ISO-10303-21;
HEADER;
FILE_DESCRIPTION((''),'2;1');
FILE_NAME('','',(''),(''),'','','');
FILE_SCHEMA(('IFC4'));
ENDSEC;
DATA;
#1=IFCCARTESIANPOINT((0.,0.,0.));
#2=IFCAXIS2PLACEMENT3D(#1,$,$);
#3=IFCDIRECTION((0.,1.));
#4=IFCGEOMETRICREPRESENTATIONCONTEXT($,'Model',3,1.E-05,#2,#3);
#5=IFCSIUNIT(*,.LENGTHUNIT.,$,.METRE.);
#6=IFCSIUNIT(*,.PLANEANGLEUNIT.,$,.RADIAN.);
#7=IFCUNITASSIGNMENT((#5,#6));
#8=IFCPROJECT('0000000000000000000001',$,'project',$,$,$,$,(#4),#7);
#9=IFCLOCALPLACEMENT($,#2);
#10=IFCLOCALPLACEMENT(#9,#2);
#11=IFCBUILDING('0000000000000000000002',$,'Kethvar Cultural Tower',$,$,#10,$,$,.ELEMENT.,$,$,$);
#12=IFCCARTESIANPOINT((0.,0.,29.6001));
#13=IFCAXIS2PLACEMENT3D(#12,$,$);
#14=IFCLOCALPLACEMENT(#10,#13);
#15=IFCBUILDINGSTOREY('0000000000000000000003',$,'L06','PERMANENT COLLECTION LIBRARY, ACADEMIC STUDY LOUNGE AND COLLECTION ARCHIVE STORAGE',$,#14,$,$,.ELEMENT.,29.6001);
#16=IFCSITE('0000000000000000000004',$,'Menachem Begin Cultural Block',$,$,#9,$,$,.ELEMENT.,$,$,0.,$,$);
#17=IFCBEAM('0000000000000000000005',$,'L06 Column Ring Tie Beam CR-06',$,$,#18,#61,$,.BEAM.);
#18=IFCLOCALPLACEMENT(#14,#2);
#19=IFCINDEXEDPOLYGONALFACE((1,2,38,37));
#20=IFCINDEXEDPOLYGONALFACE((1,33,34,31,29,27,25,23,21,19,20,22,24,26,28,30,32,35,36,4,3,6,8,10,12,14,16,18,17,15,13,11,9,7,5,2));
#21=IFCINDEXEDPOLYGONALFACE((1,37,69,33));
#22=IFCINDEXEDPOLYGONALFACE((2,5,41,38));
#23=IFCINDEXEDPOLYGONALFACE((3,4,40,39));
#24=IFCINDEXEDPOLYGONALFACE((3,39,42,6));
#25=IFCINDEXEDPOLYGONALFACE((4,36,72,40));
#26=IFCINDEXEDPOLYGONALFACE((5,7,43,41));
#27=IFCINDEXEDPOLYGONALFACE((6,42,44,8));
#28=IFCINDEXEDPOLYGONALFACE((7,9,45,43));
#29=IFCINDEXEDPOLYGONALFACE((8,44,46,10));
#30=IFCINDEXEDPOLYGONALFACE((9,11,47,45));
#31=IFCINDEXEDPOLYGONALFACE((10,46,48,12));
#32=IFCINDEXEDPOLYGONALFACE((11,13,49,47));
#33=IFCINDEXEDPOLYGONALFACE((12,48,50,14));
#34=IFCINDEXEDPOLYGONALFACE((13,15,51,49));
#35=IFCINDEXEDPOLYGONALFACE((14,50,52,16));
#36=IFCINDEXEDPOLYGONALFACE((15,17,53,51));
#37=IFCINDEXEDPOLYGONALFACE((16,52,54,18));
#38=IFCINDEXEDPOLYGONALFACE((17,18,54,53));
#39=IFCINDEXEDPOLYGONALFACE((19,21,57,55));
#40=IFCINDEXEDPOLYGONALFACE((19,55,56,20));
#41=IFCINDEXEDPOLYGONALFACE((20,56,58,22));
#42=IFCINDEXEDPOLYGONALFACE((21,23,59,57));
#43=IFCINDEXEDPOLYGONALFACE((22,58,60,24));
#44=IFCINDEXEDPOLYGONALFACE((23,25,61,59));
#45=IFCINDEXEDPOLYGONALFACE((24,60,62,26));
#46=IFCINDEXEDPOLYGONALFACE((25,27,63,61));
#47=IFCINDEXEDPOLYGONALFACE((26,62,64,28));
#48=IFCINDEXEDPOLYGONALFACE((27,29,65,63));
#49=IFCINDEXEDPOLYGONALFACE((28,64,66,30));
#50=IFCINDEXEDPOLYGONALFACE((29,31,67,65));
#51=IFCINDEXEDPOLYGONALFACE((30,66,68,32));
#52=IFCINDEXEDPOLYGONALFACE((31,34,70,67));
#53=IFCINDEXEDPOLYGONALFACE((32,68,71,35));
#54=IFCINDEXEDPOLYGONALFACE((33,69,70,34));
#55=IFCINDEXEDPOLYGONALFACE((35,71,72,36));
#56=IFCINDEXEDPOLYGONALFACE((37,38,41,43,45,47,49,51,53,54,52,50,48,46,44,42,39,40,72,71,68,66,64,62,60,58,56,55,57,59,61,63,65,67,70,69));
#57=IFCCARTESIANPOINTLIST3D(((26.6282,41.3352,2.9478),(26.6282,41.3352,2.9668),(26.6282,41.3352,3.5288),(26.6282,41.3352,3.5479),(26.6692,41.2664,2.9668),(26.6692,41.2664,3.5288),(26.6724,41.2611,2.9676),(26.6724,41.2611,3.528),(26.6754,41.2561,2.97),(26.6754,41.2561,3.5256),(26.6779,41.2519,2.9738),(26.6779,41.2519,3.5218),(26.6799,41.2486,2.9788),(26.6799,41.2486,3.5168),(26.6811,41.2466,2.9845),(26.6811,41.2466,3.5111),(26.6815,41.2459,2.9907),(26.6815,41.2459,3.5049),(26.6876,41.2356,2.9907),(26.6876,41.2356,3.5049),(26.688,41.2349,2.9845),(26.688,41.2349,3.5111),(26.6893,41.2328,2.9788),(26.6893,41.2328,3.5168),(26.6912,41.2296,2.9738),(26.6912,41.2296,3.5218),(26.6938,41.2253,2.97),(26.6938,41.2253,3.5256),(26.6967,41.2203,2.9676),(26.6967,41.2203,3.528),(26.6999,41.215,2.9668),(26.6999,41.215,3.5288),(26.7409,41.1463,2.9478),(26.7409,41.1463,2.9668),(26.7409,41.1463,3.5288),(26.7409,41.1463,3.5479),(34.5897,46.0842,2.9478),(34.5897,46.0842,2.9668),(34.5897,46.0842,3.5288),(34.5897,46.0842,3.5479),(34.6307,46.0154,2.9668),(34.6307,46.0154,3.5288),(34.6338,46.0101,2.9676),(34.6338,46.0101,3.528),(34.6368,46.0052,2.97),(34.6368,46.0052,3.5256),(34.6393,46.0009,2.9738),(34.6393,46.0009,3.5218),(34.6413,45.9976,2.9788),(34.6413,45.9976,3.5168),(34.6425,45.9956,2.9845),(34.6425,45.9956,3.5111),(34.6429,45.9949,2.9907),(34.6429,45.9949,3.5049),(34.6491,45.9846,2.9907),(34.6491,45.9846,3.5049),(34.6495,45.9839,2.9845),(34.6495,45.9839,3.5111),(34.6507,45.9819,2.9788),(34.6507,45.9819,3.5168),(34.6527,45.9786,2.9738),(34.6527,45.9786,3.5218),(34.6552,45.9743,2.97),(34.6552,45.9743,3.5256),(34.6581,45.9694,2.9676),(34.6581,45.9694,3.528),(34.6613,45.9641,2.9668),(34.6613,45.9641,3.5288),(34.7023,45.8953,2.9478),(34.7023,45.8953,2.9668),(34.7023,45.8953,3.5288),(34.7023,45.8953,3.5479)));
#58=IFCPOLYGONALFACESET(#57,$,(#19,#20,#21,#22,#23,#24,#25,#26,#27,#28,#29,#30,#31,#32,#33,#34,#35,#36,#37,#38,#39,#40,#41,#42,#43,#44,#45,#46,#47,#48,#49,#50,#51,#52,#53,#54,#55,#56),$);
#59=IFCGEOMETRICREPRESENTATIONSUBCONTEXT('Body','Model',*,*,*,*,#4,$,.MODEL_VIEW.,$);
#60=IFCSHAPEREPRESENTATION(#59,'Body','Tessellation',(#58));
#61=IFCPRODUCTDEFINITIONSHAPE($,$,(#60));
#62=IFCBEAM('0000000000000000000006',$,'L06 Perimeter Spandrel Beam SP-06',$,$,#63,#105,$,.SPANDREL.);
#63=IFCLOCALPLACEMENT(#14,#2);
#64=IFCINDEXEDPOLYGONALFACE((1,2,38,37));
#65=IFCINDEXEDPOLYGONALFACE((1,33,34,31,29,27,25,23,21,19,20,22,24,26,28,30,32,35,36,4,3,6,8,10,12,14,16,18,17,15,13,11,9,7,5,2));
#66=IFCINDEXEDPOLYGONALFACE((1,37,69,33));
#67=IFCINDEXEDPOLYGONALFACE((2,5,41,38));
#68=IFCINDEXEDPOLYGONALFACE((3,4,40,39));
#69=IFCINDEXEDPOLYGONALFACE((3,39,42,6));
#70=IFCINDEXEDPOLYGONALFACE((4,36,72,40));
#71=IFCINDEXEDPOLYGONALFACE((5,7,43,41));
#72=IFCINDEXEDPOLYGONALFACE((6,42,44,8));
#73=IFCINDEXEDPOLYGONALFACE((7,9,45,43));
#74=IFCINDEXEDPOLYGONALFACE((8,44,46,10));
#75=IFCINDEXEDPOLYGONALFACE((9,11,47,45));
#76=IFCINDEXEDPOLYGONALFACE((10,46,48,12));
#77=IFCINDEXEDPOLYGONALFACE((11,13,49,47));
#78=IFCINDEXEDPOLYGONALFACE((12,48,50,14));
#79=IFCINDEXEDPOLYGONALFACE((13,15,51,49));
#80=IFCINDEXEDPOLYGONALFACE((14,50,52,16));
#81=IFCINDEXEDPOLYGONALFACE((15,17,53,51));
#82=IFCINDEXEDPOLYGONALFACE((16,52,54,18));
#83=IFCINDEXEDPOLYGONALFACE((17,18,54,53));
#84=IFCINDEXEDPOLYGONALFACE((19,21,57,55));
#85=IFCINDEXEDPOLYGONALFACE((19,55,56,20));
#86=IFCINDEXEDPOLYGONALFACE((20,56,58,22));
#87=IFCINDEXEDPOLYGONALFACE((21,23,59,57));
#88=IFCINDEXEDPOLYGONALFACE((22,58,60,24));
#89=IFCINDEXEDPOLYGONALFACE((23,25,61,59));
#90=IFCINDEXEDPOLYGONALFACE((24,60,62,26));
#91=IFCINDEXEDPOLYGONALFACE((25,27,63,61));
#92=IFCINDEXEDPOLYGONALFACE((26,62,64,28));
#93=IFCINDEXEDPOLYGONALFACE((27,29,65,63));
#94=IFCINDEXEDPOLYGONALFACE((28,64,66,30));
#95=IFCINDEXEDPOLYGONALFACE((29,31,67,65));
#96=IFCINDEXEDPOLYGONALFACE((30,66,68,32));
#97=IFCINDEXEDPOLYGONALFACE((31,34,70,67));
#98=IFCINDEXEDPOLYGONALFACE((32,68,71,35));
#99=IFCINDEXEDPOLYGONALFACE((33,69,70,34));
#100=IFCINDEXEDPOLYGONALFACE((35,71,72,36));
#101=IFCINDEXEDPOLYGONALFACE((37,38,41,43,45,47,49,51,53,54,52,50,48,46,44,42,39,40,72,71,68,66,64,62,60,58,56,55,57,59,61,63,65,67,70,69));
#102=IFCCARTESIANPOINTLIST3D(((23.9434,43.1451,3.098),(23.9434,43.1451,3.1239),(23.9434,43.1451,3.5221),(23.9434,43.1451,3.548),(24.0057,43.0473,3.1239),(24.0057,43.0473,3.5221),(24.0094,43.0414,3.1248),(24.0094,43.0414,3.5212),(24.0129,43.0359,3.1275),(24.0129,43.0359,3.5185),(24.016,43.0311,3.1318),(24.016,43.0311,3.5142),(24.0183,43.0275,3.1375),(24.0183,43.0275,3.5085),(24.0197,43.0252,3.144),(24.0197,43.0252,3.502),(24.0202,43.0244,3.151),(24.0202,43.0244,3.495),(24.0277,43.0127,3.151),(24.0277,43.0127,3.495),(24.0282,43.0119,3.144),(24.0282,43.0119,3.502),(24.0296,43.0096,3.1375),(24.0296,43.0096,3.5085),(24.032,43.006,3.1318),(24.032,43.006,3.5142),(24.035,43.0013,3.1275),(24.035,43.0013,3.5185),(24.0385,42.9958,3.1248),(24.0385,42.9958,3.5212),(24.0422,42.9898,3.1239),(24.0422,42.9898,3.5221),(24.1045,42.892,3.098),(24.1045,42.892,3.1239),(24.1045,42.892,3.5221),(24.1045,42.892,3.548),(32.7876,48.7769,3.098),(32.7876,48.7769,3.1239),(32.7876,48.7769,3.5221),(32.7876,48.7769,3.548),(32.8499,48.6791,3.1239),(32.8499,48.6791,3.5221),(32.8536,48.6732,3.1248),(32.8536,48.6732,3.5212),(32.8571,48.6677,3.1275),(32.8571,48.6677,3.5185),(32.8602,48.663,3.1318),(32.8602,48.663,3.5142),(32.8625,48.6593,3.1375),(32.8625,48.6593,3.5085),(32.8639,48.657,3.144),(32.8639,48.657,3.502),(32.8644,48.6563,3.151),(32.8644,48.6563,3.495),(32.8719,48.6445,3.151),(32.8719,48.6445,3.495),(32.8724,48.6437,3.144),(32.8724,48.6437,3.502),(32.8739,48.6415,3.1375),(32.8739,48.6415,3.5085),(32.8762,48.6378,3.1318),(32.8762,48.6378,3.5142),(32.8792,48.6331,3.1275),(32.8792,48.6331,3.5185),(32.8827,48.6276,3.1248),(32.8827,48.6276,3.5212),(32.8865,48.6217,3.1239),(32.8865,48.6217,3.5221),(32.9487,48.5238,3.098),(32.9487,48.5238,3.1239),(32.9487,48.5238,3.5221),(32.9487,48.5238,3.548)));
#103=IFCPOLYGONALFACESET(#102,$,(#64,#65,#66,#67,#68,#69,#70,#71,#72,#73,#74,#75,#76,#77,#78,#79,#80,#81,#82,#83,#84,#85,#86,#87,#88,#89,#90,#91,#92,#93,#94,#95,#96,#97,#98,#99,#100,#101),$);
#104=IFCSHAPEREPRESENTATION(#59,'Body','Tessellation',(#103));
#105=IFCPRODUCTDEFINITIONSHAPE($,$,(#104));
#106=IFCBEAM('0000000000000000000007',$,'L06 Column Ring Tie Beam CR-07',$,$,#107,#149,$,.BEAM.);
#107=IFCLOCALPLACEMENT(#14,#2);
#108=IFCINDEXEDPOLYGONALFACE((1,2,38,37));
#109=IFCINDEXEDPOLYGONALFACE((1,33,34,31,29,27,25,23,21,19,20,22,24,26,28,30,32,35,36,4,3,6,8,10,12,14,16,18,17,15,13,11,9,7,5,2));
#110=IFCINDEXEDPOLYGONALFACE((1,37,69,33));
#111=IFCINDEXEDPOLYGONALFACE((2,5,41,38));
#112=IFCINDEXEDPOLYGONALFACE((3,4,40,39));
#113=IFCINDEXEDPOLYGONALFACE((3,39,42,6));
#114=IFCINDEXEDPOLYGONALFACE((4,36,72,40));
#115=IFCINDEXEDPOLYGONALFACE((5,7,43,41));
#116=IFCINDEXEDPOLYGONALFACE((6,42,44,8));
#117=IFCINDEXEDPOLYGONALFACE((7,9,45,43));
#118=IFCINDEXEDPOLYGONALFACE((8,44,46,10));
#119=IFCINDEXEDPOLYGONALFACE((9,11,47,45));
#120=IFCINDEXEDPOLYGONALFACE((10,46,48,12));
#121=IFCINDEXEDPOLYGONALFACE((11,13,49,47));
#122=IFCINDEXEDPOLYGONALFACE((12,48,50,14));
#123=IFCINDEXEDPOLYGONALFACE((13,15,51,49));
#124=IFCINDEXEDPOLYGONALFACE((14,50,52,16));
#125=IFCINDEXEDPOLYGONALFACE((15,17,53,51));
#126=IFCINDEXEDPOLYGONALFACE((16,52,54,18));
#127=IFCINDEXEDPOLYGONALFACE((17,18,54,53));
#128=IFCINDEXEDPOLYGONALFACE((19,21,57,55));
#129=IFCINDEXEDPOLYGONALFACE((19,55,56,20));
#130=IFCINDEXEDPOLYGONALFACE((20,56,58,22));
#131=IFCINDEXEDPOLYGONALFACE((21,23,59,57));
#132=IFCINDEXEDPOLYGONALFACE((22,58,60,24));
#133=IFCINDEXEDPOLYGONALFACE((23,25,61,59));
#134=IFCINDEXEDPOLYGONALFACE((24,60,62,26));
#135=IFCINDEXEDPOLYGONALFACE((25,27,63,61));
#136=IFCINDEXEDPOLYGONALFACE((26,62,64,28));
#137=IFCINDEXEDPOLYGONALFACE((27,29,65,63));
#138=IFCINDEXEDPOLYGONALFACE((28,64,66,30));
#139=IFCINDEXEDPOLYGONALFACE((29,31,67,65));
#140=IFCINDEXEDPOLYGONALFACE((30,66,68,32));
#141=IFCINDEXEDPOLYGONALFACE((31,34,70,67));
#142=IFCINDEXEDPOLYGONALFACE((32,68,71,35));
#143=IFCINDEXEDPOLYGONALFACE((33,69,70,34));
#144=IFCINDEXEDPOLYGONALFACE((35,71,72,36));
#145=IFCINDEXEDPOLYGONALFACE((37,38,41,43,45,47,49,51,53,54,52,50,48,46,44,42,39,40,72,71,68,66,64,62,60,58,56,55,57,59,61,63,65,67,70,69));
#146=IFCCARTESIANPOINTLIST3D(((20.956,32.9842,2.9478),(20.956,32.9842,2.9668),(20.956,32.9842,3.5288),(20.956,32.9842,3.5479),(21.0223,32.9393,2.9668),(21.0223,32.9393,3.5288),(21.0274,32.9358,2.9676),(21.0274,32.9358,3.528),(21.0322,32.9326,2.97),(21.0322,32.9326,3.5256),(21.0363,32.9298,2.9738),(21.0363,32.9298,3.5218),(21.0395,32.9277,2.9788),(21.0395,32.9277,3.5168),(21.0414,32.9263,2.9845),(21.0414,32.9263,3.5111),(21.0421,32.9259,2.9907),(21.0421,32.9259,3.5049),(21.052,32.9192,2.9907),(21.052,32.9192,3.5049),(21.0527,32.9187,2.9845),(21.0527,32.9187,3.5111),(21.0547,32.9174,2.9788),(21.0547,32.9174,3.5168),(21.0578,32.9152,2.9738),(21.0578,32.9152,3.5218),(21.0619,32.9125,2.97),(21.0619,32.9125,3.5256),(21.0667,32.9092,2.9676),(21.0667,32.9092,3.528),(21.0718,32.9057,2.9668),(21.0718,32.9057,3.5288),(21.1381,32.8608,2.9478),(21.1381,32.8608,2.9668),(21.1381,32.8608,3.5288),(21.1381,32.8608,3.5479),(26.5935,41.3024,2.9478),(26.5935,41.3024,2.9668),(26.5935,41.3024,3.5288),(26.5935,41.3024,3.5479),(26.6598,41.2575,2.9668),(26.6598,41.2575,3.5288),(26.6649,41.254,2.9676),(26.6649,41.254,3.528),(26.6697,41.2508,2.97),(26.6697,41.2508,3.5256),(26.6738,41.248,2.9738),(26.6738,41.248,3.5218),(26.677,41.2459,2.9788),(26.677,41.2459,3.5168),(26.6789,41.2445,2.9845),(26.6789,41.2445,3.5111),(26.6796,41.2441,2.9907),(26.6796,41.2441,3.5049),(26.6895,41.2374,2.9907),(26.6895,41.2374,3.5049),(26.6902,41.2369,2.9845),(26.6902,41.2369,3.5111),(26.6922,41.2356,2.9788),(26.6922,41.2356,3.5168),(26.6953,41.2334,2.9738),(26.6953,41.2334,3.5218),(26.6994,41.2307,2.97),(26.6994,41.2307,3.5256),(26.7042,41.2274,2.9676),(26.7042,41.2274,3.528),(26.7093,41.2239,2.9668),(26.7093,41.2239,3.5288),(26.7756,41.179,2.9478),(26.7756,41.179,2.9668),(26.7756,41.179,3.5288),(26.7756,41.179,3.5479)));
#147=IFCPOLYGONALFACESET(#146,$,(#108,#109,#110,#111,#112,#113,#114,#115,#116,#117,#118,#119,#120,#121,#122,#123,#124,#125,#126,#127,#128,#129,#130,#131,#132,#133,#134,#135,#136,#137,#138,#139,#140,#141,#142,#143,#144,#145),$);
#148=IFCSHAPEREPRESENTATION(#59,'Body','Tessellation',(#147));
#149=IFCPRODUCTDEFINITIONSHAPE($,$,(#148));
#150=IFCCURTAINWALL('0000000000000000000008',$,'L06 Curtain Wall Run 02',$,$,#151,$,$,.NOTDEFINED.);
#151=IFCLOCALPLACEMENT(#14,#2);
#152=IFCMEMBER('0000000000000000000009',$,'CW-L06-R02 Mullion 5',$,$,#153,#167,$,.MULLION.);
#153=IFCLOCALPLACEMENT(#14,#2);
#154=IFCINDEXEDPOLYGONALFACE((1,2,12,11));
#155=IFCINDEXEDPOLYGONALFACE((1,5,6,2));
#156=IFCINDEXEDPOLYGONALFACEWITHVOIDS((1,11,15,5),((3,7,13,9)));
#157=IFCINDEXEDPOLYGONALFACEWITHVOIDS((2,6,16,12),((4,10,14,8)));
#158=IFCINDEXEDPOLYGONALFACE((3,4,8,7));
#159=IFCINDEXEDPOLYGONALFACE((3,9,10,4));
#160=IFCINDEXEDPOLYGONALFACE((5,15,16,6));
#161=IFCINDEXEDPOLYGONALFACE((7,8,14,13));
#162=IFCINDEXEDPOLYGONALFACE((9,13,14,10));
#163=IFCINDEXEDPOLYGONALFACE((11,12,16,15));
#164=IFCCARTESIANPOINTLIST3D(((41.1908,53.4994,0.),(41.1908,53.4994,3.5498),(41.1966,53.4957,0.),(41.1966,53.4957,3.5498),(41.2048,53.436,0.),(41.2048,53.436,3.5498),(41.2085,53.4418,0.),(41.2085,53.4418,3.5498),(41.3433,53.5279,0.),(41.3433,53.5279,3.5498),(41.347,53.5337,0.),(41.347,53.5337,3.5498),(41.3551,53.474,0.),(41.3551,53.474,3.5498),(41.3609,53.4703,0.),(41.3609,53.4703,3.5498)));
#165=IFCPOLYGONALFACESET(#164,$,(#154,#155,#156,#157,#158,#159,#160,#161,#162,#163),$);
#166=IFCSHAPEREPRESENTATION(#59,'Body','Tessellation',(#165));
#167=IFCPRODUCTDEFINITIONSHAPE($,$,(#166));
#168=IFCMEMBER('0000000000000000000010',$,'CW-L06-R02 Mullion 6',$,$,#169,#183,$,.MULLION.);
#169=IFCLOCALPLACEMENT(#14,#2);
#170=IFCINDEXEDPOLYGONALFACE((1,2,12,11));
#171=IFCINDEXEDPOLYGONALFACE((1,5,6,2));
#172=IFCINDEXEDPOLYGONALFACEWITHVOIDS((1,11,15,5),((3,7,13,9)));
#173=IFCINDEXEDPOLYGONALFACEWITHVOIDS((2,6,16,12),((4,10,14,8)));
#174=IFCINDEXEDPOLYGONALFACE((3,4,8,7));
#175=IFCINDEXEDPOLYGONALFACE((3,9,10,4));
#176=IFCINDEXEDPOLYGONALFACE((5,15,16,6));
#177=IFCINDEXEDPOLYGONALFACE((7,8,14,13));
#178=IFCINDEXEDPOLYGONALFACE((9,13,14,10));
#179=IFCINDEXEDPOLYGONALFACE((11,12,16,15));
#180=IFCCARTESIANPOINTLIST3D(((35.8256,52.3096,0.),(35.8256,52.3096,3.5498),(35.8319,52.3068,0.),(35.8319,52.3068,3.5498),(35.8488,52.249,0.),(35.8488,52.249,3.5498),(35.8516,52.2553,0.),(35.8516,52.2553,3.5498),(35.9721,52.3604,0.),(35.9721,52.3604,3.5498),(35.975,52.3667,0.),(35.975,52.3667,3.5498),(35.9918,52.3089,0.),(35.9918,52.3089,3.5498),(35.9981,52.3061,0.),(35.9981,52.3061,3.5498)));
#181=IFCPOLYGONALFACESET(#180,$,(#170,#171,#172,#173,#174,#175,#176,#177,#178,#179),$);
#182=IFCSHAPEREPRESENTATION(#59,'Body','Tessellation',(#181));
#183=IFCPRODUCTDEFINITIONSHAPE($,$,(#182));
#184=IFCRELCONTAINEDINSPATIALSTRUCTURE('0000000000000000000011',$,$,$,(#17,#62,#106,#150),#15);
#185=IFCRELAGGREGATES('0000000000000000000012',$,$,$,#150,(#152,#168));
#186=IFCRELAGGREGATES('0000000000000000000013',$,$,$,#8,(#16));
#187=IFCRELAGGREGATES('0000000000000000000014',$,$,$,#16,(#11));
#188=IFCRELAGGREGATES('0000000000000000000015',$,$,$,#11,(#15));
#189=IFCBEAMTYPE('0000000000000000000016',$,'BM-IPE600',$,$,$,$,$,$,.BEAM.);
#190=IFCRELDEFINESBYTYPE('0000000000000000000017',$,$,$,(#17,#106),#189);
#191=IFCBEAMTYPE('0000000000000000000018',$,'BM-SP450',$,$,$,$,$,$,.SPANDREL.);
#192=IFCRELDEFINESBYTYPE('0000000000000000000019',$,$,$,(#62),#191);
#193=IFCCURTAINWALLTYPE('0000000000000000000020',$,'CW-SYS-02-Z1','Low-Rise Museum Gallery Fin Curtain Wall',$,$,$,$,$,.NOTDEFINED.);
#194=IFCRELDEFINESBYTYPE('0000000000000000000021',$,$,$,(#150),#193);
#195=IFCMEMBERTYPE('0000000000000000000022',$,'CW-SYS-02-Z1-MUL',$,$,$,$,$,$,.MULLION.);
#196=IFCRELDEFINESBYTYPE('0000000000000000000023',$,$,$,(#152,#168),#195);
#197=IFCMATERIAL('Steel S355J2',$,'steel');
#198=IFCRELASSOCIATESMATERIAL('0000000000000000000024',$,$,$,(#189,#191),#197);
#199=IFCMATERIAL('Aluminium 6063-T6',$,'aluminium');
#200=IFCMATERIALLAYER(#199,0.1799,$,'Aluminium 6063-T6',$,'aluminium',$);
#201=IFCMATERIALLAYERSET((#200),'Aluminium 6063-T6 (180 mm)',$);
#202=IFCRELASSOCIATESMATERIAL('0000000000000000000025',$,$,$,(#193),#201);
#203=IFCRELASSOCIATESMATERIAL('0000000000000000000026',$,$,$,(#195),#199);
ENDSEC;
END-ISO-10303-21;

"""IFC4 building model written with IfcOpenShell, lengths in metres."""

from ifc_helpers import new_model, si_unit, direction, frame, origin, origin_2d, place, context, subcontext, project, spatial, hollow_rectangle, i_section, extrude, source, transform, mapped, material, layer, layer_set, material_profile, profile_set, type_object, element, aggregate, save


model = new_model("IFC4")

# Units and contexts
model_context = context("Model", 3, precision=1e-05, world=origin(), true_north=direction((0.0, 1.0)))
body_context = subcontext(model_context, "Body", "Model", "MODEL_VIEW")
ifc_project = project(units=[si_unit("LENGTHUNIT", "METRE"), si_unit("PLANEANGLEUNIT", "RADIAN")], contexts=[model_context])

# Site, building, storey
site_placement = place(None, origin())
site = spatial("IfcSite", under=ifc_project, at=site_placement, Name="Menachem Begin Cultural Block", CompositionType="ELEMENT", RefElevation=0.0)
building_placement = place(site_placement, origin())
building = spatial("IfcBuilding", under=site, at=building_placement, Name="Kethvar Cultural Tower", CompositionType="ELEMENT")
storey_placement = place(building_placement, frame((0.0, 0.0, 29.6001)))
storey = spatial("IfcBuildingStorey", under=building, at=storey_placement, Name="L06", Description="PERMANENT COLLECTION LIBRARY, ACADEMIC STUDY LOUNGE AND COLLECTION ARCHIVE STORAGE", CompositionType="ELEMENT", Elevation=29.6001)

# Beams
ifc_material_1 = material(Name="Steel S355J2", Category="steel")
ifc_material_profile_1 = material_profile(ifc_material_1, i_section(OverallWidth=0.22, OverallDepth=0.6001, WebThickness=0.012, FlangeThickness=0.019, FilletRadius=0.0239, at=origin_2d()), Name="Steel S355J2 — IPE600")
ifc_profile_set_1 = profile_set([ifc_material_profile_1], Name="Steel S355J2 — IPE600")
beam_type_1 = type_object("IfcBeamType", Name="BM-IPE600", PredefinedType="BEAM", material=ifc_profile_set_1)
ifc_material_profile_2 = material_profile(ifc_material_1, i_section(OverallWidth=0.3, OverallDepth=0.45, WebThickness=0.0139, FlangeThickness=0.0259, FilletRadius=0.0271, at=origin_2d()), Name="Steel S355J2 — HEB450")
ifc_profile_set_2 = profile_set([ifc_material_profile_2], Name="Steel S355J2 — HEB450")
beam_type_2 = type_object("IfcBeamType", Name="BM-SP450", PredefinedType="SPANDREL", material=ifc_profile_set_2)
shared_shape_1 = source(origin(), body_context, "Body", "SweptSolid", [
    extrude(i_section(OverallWidth=0.22, OverallDepth=0.6001, WebThickness=0.012, FlangeThickness=0.019, FilletRadius=0.0239, at=origin_2d()), origin(), (0.0, 0.0, 1.0), 9.2703),
])
beam_1_placement = place(storey_placement, frame((34.646, 45.9897, 3.2478), z_axis=(-0.858815, -0.512286, 0.0), x_axis=(0.512286, -0.858815, 0.0)))
element("IfcBeam", 1, at=beam_1_placement, inside=storey, type_object=beam_type_1, Name="L06 Column Ring Tie Beam CR-06", PredefinedType="BEAM", context=body_context, shape_type="MappedRepresentation", body=[
    mapped(shared_shape_1, transform((0.0, 0.0, 0.0), scale=1.0)),
])
shared_shape_2 = source(origin(), body_context, "Body", "SweptSolid", [
    extrude(i_section(OverallWidth=0.3, OverallDepth=0.45, WebThickness=0.0139, FlangeThickness=0.0259, FilletRadius=0.0271, at=origin_2d()), origin(), (0.0, 0.0, 1.0), 10.4851),
])
beam_2_placement = place(storey_placement, frame((32.8682, 48.6504, 3.323), z_axis=(-0.843502, -0.537126, 0.0), x_axis=(0.537126, -0.843502, 0.0)))
element("IfcBeam", 2, at=beam_2_placement, inside=storey, type_object=beam_type_2, Name="L06 Perimeter Spandrel Beam SP-06", PredefinedType="SPANDREL", context=body_context, shape_type="MappedRepresentation", body=[
    mapped(shared_shape_2, transform((0.0, 0.0, 0.0), scale=1.0)),
])
shared_shape_3 = source(origin(), body_context, "Body", "SweptSolid", [
    extrude(i_section(OverallWidth=0.22, OverallDepth=0.6001, WebThickness=0.012, FlangeThickness=0.019, FilletRadius=0.0239, at=origin_2d()), origin(), (0.0, 0.0, 1.0), 10.0486),
])
beam_3_placement = place(storey_placement, frame((26.6846, 41.2407, 3.2478), z_axis=(-0.561025, -0.827799, 0.0), x_axis=(0.827799, -0.561025, 0.0)))
element("IfcBeam", 3, at=beam_3_placement, inside=storey, type_object=beam_type_1, Name="L06 Column Ring Tie Beam CR-07", PredefinedType="BEAM", context=body_context, shape_type="MappedRepresentation", body=[
    mapped(shared_shape_3, transform((0.0, 0.0, 0.0), scale=1.0)),
])

# Curtain wall, members
ifc_material_2 = material(Name="Aluminium 6063-T6", Category="aluminium")
ifc_layer_1 = layer(ifc_material_2, 0.1799, Name="Aluminium 6063-T6", Category="aluminium")
ifc_layer_set_1 = layer_set([ifc_layer_1], Name="Aluminium 6063-T6 (180 mm)")
curtain_wall_type = type_object("IfcCurtainWallType", Name="CW-SYS-02-Z1", Description="Low-Rise Museum Gallery Fin Curtain Wall", PredefinedType="NOTDEFINED", material=ifc_layer_set_1)
curtain_wall_1_placement = place(storey_placement, origin())
curtain_wall_1 = element("IfcCurtainWall", 4, at=curtain_wall_1_placement, inside=storey, type_object=curtain_wall_type, Name="L06 Curtain Wall Run 02", PredefinedType="NOTDEFINED")
ifc_material_profile_3 = material_profile(ifc_material_2, hollow_rectangle(XDim=0.0649, YDim=0.1599, WallThickness=0.0049, at=origin_2d()), Name="Aluminium 6063-T6 — RHS160x65x5")
ifc_profile_set_3 = profile_set([ifc_material_profile_3], Name="Aluminium 6063-T6 — RHS160x65x5")
member_type_1 = type_object("IfcMemberType", Name="CW-SYS-02-Z1-MUL", PredefinedType="MULLION", material=ifc_profile_set_3)
shared_shape_4 = source(origin(), body_context, "Body", "SweptSolid", [
    extrude(hollow_rectangle(XDim=0.0649, YDim=0.1599, WallThickness=0.0049, at=origin_2d()), origin(), (0.0, 0.0, 1.0), 3.5498),
])
member_1_placement = place(storey_placement, frame((41.2759, 53.4849, 0.0), z_axis=(0.0, 0.0, 1.0), x_axis=(0.214565, -0.97671, 0.0)))
member_1 = element("IfcMember", 5, at=member_1_placement, type_object=member_type_1, Name="CW-L06-R02 Mullion 5", PredefinedType="MULLION", context=body_context, shape_type="MappedRepresentation", body=[
    mapped(shared_shape_4, transform((0.0, 0.0, 0.0), scale=1.0)),
])
member_2_placement = place(storey_placement, frame((35.9119, 52.3079, 0.0), z_axis=(0.0, 0.0, 1.0), x_axis=(0.357064, -0.93408, 0.0)))
member_2 = element("IfcMember", 6, at=member_2_placement, type_object=member_type_1, Name="CW-L06-R02 Mullion 6", PredefinedType="MULLION", context=body_context, shape_type="MappedRepresentation", body=[
    mapped(shared_shape_4, transform((0.0, 0.0, 0.0), scale=1.0)),
])

aggregate(curtain_wall_1, [member_1, member_2])

save(model, "model.ifc")
